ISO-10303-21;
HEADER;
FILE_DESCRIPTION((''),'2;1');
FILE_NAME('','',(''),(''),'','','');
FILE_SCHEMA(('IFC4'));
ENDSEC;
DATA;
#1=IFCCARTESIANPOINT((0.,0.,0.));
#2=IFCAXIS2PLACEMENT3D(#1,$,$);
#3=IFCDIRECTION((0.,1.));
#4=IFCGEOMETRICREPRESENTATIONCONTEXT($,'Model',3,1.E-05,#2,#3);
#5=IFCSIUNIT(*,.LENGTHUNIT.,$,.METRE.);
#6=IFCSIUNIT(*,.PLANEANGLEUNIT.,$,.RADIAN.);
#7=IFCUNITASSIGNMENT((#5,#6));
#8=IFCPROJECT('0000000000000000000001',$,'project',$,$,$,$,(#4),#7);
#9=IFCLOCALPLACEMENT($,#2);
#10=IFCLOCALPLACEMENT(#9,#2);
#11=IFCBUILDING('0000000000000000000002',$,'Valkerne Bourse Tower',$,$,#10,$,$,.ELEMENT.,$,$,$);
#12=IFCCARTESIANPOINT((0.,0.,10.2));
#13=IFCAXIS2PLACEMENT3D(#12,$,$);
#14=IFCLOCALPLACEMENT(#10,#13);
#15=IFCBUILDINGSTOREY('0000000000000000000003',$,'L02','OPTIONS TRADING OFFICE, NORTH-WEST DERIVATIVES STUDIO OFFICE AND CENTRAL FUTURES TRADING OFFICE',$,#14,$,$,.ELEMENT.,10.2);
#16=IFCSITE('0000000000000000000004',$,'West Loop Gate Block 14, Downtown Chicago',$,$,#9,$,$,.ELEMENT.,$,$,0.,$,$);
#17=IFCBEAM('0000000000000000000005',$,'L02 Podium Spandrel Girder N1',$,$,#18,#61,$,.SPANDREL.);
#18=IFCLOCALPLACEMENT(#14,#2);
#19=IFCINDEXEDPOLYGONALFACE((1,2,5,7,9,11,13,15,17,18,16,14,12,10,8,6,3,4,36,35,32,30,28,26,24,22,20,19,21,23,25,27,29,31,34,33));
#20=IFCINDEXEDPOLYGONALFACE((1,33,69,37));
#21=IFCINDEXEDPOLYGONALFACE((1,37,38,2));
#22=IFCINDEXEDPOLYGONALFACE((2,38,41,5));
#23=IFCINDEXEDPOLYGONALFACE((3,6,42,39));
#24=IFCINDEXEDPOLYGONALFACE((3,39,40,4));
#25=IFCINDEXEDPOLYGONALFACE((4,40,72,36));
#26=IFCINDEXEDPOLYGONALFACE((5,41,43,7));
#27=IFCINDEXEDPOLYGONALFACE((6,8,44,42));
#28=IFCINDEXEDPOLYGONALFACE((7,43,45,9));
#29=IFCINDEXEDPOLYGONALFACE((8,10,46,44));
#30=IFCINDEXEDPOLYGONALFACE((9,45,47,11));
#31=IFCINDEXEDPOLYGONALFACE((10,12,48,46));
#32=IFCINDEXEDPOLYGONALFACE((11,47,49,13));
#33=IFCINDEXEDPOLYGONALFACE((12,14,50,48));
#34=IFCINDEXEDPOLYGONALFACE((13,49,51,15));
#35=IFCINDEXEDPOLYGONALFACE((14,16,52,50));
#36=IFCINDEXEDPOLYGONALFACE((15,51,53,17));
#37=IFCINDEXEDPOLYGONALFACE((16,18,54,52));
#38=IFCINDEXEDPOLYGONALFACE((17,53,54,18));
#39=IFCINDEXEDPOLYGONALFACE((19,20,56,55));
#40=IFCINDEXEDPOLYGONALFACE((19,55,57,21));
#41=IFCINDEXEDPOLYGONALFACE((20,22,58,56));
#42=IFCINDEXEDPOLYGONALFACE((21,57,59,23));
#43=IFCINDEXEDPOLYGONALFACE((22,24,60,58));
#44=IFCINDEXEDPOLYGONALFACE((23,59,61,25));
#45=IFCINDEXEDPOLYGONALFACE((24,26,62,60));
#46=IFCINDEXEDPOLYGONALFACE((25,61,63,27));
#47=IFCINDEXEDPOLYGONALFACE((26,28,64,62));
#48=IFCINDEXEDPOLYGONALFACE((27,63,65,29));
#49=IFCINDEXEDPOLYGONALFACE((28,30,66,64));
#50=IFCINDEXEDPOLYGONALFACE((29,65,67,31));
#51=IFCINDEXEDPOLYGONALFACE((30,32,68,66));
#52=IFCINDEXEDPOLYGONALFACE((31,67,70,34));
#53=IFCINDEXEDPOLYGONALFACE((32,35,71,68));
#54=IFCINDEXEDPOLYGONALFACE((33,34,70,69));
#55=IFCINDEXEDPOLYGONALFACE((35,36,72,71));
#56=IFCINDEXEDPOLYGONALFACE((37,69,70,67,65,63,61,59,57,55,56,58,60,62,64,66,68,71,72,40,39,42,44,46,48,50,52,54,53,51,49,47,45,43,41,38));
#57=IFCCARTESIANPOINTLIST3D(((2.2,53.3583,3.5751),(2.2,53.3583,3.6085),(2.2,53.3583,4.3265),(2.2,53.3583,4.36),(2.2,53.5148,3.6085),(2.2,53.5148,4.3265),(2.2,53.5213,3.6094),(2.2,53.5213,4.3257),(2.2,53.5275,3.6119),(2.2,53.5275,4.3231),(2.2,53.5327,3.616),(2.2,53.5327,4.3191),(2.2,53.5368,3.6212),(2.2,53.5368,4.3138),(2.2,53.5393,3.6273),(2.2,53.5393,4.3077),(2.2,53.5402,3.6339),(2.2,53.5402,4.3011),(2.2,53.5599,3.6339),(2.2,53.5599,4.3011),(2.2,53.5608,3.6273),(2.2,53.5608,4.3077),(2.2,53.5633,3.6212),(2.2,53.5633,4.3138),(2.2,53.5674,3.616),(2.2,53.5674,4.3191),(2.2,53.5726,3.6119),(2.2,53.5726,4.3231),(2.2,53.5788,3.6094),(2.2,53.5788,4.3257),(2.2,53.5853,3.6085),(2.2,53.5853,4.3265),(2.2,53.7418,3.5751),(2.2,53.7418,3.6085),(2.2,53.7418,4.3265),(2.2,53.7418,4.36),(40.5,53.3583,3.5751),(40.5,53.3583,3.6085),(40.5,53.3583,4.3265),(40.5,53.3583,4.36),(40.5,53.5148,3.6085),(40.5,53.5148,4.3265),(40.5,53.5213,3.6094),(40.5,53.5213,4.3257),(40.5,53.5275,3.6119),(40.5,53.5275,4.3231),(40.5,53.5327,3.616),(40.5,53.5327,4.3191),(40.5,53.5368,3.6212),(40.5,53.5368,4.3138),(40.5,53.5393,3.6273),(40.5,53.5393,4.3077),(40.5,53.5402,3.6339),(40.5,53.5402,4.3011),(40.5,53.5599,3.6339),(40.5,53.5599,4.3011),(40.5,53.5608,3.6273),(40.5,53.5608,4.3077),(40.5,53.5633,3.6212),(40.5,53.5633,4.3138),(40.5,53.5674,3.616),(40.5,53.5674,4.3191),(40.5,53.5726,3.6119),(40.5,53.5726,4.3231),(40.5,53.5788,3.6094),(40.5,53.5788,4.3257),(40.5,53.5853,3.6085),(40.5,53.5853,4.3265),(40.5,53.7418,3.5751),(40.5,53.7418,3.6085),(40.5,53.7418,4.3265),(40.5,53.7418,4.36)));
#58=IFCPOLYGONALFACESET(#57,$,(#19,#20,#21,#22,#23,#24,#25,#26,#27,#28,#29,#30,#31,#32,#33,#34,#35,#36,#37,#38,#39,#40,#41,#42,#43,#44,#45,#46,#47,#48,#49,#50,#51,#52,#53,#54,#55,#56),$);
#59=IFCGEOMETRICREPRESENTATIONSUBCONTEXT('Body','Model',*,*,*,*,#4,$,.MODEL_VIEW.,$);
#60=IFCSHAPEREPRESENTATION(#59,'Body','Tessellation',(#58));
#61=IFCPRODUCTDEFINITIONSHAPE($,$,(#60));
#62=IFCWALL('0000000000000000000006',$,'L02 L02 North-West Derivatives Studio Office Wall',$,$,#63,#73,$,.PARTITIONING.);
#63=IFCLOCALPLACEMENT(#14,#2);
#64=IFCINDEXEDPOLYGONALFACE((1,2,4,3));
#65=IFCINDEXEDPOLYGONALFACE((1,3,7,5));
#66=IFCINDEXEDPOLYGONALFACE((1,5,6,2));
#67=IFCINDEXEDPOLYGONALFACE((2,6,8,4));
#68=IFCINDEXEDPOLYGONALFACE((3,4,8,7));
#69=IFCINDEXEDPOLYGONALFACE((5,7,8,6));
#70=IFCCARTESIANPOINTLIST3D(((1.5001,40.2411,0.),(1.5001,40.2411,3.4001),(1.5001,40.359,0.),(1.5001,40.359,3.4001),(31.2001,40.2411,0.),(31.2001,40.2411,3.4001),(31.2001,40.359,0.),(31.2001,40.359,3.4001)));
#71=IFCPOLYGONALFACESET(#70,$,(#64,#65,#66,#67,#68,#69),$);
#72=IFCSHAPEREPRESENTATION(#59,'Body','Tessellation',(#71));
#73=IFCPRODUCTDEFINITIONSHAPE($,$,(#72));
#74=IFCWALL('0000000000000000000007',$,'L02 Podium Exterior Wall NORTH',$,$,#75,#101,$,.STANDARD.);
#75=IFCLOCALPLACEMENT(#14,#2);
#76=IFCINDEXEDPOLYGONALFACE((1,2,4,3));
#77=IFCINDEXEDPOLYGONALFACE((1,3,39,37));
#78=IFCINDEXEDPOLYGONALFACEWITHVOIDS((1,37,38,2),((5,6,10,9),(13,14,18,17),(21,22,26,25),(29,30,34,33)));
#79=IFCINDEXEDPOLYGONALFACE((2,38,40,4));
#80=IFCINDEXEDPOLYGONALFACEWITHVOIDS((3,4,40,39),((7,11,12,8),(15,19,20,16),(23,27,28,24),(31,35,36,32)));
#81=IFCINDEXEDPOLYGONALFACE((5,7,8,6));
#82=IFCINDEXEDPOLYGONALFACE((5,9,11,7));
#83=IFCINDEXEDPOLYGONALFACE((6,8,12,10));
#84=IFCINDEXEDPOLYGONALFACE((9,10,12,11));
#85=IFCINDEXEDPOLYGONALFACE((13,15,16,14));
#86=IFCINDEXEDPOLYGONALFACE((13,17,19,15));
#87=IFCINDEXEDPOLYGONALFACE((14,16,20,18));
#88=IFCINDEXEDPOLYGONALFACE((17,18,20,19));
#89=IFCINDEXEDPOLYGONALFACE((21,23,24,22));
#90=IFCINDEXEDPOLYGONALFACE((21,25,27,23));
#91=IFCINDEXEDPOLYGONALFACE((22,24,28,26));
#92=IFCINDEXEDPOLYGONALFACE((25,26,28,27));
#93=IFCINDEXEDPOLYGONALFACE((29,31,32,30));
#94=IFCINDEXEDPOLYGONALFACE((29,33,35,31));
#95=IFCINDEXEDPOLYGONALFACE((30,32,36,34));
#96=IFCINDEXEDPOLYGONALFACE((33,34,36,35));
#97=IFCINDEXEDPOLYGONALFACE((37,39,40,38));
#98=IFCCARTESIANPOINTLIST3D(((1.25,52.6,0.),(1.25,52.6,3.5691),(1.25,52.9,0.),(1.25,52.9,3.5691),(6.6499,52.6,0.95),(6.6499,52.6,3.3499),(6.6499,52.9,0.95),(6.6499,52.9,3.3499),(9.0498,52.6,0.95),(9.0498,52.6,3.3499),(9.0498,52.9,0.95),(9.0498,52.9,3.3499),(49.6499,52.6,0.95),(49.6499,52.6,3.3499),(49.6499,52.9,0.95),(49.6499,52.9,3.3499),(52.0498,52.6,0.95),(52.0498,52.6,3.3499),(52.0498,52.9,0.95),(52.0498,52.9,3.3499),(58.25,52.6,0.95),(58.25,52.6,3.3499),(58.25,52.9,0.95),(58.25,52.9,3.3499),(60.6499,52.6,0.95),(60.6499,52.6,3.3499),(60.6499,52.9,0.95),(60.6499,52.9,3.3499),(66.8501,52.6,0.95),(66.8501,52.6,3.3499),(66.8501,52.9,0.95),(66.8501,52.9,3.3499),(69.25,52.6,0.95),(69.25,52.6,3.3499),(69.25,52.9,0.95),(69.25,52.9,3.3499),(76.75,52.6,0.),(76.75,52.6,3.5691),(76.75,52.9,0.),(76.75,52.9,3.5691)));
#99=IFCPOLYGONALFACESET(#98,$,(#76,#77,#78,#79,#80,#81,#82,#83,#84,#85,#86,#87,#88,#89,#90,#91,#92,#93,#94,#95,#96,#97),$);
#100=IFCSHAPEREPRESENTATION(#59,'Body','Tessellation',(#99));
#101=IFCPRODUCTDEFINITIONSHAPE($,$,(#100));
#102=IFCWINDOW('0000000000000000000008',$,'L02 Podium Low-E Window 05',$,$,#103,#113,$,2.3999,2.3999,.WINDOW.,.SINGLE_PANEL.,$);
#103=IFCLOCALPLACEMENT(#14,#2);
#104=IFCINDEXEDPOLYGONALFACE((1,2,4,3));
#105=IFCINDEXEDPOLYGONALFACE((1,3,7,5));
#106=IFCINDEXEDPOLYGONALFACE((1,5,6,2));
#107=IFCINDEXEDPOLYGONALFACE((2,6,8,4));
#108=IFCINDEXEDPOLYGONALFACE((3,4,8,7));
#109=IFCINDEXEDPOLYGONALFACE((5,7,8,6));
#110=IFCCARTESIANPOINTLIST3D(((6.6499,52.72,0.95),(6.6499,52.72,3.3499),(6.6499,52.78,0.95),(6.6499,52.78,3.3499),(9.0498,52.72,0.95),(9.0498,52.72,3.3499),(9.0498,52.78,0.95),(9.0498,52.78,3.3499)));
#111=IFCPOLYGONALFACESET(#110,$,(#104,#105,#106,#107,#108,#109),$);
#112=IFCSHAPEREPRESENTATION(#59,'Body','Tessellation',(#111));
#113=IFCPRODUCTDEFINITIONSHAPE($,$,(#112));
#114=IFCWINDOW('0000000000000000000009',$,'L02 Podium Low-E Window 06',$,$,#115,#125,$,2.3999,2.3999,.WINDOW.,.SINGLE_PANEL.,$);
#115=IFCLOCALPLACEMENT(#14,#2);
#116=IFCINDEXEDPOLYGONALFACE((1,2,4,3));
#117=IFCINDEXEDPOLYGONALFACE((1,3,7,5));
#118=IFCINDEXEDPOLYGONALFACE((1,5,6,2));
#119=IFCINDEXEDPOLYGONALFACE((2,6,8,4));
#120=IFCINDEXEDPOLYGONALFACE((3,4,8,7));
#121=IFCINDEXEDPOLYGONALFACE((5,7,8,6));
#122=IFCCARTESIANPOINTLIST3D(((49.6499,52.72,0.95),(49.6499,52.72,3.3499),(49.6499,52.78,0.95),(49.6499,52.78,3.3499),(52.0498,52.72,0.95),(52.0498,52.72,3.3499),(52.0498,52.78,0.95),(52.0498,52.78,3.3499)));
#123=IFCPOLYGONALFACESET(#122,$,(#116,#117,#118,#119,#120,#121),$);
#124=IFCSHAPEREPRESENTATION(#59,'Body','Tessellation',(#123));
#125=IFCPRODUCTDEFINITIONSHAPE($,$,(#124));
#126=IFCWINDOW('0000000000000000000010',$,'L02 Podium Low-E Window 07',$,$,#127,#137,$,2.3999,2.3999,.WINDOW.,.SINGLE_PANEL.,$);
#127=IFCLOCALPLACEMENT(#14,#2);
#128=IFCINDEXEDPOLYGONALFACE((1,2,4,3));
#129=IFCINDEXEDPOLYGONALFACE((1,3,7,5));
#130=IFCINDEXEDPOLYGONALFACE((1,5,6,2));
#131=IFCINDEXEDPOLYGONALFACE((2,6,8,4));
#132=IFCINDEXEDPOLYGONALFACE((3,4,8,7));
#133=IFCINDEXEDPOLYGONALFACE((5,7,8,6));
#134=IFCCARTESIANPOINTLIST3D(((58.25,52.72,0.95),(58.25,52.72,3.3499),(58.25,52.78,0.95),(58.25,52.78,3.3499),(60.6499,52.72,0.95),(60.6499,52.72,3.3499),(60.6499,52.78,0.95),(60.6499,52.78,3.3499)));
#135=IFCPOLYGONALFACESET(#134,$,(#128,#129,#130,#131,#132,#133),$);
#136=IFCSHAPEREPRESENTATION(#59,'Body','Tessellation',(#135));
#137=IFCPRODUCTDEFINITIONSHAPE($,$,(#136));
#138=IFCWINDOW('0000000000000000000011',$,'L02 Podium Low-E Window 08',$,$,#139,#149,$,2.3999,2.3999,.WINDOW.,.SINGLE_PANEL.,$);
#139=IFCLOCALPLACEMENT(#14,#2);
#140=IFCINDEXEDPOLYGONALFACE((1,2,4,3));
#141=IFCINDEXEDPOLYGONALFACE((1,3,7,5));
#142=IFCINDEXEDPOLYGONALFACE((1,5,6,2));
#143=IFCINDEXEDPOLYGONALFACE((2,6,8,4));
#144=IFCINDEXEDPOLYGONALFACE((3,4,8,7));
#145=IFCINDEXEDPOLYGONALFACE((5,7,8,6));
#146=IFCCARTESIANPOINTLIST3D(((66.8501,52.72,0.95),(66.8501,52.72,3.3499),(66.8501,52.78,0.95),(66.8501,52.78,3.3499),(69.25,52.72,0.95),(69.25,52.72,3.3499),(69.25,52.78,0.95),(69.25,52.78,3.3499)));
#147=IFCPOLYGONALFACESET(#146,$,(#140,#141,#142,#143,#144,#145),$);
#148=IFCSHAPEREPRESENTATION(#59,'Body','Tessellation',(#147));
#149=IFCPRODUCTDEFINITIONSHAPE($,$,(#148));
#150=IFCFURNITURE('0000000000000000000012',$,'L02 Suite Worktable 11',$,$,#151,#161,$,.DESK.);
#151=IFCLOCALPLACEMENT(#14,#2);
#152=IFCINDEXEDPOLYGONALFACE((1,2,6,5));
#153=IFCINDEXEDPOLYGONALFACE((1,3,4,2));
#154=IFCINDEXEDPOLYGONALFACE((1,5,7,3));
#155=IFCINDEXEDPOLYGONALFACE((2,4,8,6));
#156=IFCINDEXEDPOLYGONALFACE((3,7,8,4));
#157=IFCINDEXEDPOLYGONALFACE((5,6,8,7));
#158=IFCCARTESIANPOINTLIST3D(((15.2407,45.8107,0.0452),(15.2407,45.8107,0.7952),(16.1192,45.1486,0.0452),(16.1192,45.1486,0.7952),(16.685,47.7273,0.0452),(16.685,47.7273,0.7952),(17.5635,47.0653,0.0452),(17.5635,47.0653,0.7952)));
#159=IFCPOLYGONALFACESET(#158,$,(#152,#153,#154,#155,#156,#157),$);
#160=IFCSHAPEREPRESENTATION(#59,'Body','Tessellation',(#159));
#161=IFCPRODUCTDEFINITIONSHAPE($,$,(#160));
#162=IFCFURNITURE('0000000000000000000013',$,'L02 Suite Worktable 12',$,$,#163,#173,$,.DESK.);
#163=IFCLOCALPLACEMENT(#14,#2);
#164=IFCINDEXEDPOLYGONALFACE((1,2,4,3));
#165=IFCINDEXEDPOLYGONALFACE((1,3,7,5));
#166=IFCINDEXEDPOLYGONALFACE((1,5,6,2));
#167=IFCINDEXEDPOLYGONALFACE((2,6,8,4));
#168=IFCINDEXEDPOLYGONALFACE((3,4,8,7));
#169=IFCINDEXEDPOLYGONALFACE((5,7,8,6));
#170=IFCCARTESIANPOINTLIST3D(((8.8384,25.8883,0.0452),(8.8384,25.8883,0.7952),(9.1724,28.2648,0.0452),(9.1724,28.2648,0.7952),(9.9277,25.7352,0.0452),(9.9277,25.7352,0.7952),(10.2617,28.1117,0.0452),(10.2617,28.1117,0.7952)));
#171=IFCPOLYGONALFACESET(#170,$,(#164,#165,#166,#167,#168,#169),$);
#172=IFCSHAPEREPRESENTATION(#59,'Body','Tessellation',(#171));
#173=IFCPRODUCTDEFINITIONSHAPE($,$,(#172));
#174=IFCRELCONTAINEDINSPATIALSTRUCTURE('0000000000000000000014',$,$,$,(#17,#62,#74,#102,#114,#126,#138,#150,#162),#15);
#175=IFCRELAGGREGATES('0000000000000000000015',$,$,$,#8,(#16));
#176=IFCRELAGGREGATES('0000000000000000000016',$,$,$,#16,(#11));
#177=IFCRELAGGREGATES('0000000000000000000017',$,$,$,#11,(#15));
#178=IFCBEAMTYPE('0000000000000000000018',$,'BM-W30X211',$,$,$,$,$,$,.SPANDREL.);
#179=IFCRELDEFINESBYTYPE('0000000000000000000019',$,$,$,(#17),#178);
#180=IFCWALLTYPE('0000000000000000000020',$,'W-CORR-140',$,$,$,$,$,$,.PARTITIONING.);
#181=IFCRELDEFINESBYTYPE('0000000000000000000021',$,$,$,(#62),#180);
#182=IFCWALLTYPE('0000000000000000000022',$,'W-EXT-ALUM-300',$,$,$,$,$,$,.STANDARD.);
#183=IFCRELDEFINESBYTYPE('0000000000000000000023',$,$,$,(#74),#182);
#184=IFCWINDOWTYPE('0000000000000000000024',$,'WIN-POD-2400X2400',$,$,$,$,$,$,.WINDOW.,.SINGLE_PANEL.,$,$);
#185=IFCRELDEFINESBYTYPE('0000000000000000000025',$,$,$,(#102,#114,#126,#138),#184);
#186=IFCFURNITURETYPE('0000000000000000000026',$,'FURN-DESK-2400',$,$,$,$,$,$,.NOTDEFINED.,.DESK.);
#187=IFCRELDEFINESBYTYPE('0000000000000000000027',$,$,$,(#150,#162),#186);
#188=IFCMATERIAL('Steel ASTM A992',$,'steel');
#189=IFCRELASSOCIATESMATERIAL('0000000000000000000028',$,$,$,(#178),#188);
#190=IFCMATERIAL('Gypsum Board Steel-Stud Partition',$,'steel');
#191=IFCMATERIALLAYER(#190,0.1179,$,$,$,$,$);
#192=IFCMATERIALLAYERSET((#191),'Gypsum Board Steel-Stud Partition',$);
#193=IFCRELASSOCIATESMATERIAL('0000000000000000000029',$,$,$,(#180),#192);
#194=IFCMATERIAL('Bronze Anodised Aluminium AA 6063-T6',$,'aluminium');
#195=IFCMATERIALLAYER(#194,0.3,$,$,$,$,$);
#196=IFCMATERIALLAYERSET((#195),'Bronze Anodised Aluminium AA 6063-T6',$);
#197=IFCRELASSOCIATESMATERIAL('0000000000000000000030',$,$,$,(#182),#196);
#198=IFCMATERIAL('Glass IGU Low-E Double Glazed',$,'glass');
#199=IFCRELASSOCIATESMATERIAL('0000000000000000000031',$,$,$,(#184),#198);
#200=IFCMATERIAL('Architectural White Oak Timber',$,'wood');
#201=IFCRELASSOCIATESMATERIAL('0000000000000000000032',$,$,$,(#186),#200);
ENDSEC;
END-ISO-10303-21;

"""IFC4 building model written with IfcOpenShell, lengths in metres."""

from ifc_helpers import new_model, si_unit, direction, frame, frame_2d, origin, origin_2d, place, context, subcontext, project, spatial, rectangle, i_section, extrude, material, layer, layer_set, material_profile, profile_set, type_object, element, fill, save


model = new_model("IFC4")

# Units and contexts
model_context = context("Model", 3, precision=1e-05, world=origin(), true_north=direction((0.0, 1.0)))
body_context = subcontext(model_context, "Body", "Model", "MODEL_VIEW")
ifc_project = project(units=[si_unit("LENGTHUNIT", "METRE"), si_unit("PLANEANGLEUNIT", "RADIAN")], contexts=[model_context])

# Site, building, storey
site_placement = place(None, origin())
site = spatial("IfcSite", under=ifc_project, at=site_placement, Name="West Loop Gate Block 14, Downtown Chicago", CompositionType="ELEMENT", RefElevation=0.0)
building_placement = place(site_placement, origin())
building = spatial("IfcBuilding", under=site, at=building_placement, Name="Valkerne Bourse Tower", CompositionType="ELEMENT")
storey_placement = place(building_placement, frame((0.0, 0.0, 10.2)))
storey = spatial("IfcBuildingStorey", under=building, at=storey_placement, Name="L02", Description="OPTIONS TRADING OFFICE, NORTH-WEST DERIVATIVES STUDIO OFFICE AND CENTRAL FUTURES TRADING OFFICE", CompositionType="ELEMENT", Elevation=10.2)

# Beam
ifc_material_1 = material(Name="Steel ASTM A992", Category="steel")
ifc_material_profile_1 = material_profile(ifc_material_1, i_section(OverallWidth=0.3835, OverallDepth=0.7849, WebThickness=0.0198, FlangeThickness=0.0334, FilletRadius=0.0254, at=origin_2d()), Name="W30X211")
ifc_profile_set_1 = profile_set([ifc_material_profile_1], Name="Steel ASTM A992")
beam_type = type_object("IfcBeamType", Name="BM-W30X211", PredefinedType="SPANDREL", material=ifc_profile_set_1)
beam_placement = place(storey_placement, frame((2.2, 53.55, 3.9675), z_axis=(1.0, 0.0, 0.0), x_axis=(0.0, 1.0, 0.0)))
element("IfcBeam", 1, at=beam_placement, inside=storey, type_object=beam_type, Name="L02 Podium Spandrel Girder N1", PredefinedType="SPANDREL", context=body_context, shape_type="SweptSolid", body=[
    extrude(i_section(OverallWidth=0.3835, OverallDepth=0.7849, WebThickness=0.0198, FlangeThickness=0.0334, FilletRadius=0.0254, at=origin_2d()), origin(), (0.0, 0.0, 1.0), 38.3),
])

# Wall
ifc_material_2 = material(Name="Gypsum Board Steel-Stud Partition", Category="steel")
ifc_layer_1 = layer(ifc_material_2, 0.1179)
ifc_layer_set_1 = layer_set([ifc_layer_1], Name="Gypsum Board Steel-Stud Partition")
wall_type_1 = type_object("IfcWallType", Name="W-CORR-140", PredefinedType="PARTITIONING", material=ifc_layer_set_1)
wall_1_placement = place(storey_placement, frame((1.5, 40.3, 0.0), z_axis=(0.0, 0.0, 1.0), x_axis=(1.0, 0.0, 0.0)))
element("IfcWall", 2, at=wall_1_placement, inside=storey, type_object=wall_type_1, Name="L02 L02 North-West Derivatives Studio Office Wall", PredefinedType="PARTITIONING", context=body_context, shape_type="SweptSolid", body=[
    extrude(rectangle(XDim=29.7, YDim=0.1179, at=frame_2d((14.8501, 0.0))), origin(), (0.0, 0.0, 1.0), 3.4001),
])

# Wall, openings, windows
ifc_material_3 = material(Name="Bronze Anodised Aluminium AA 6063-T6", Category="aluminium")
ifc_layer_2 = layer(ifc_material_3, 0.3)
ifc_layer_set_2 = layer_set([ifc_layer_2], Name="Bronze Anodised Aluminium AA 6063-T6")
wall_type_2 = type_object("IfcWallType", Name="W-EXT-ALUM-300", PredefinedType="STANDARD", material=ifc_layer_set_2)
wall_2_placement = place(storey_placement, frame((1.25, 52.75, 0.0), z_axis=(0.0, 0.0, 1.0), x_axis=(1.0, 0.0, 0.0)))
wall_2 = element("IfcWall", 3, at=wall_2_placement, inside=storey, type_object=wall_type_2, Name="L02 Podium Exterior Wall NORTH", PredefinedType="STANDARD", context=body_context, shape_type="SweptSolid", body=[
    extrude(rectangle(XDim=75.5, YDim=0.3, at=frame_2d((37.75, 0.0))), origin(), (0.0, 0.0, 1.0), 3.5691),
])
opening_1_placement = place(wall_2_placement, frame((5.3999, 0.0, 0.95)))
opening_1 = element("IfcOpeningElement", 4, at=opening_1_placement, cuts=wall_2, PredefinedType="OPENING", context=body_context, shape_type="SweptSolid", body=[
    extrude(rectangle(XDim=2.3999, YDim=2.3999, at=frame_2d((1.2, 1.2))), frame((0.0, 0.1599, 0.0), z_axis=(0.0, -1.0, 0.0), x_axis=(1.0, 0.0, 0.0)), (0.0, 0.0, 1.0), 0.3201),
])
opening_2_placement = place(wall_2_placement, frame((48.3999, 0.0, 0.95)))
opening_2 = element("IfcOpeningElement", 5, at=opening_2_placement, cuts=wall_2, PredefinedType="OPENING", context=body_context, shape_type="SweptSolid", body=[
    extrude(rectangle(XDim=2.3999, YDim=2.3999, at=frame_2d((1.2, 1.2))), frame((0.0, 0.1599, 0.0), z_axis=(0.0, -1.0, 0.0), x_axis=(1.0, 0.0, 0.0)), (0.0, 0.0, 1.0), 0.3201),
])
opening_3_placement = place(wall_2_placement, frame((57.0, 0.0, 0.95)))
opening_3 = element("IfcOpeningElement", 6, at=opening_3_placement, cuts=wall_2, PredefinedType="OPENING", context=body_context, shape_type="SweptSolid", body=[
    extrude(rectangle(XDim=2.3999, YDim=2.3999, at=frame_2d((1.2, 1.2))), frame((0.0, 0.1599, 0.0), z_axis=(0.0, -1.0, 0.0), x_axis=(1.0, 0.0, 0.0)), (0.0, 0.0, 1.0), 0.3201),
])
opening_4_placement = place(wall_2_placement, frame((65.6001, 0.0, 0.95)))
opening_4 = element("IfcOpeningElement", 7, at=opening_4_placement, cuts=wall_2, PredefinedType="OPENING", context=body_context, shape_type="SweptSolid", body=[
    extrude(rectangle(XDim=2.3999, YDim=2.3999, at=frame_2d((1.2, 1.2))), frame((0.0, 0.1599, 0.0), z_axis=(0.0, -1.0, 0.0), x_axis=(1.0, 0.0, 0.0)), (0.0, 0.0, 1.0), 0.3201),
])
ifc_material_4 = material(Name="Glass IGU Low-E Double Glazed", Category="glass")
window_type = type_object("IfcWindowType", Name="WIN-POD-2400X2400", PartitioningType="SINGLE_PANEL", PredefinedType="WINDOW", material=ifc_material_4)
window_1_placement = place(opening_1_placement, origin())
window_1 = element("IfcWindow", 8, at=window_1_placement, inside=storey, type_object=window_type, Name="L02 Podium Low-E Window 05", OverallHeight=2.3999, OverallWidth=2.3999, PartitioningType="SINGLE_PANEL", PredefinedType="WINDOW", context=body_context, shape_type="SweptSolid", body=[
    extrude(rectangle(XDim=2.3999, YDim=2.3999, at=frame_2d((1.2, 1.2))), frame((0.0, 0.03, 0.0), z_axis=(0.0, -1.0, 0.0), x_axis=(1.0, 0.0, 0.0)), (0.0, 0.0, 1.0), 0.0601),
])
fill(opening_1, window_1)
window_2_placement = place(opening_2_placement, origin())
window_2 = element("IfcWindow", 9, at=window_2_placement, inside=storey, type_object=window_type, Name="L02 Podium Low-E Window 06", OverallHeight=2.3999, OverallWidth=2.3999, PartitioningType="SINGLE_PANEL", PredefinedType="WINDOW", context=body_context, shape_type="SweptSolid", body=[
    extrude(rectangle(XDim=2.3999, YDim=2.3999, at=frame_2d((1.2, 1.2))), frame((0.0, 0.03, 0.0), z_axis=(0.0, -1.0, 0.0), x_axis=(1.0, 0.0, 0.0)), (0.0, 0.0, 1.0), 0.0601),
])
fill(opening_2, window_2)
window_3_placement = place(opening_3_placement, origin())
window_3 = element("IfcWindow", 10, at=window_3_placement, inside=storey, type_object=window_type, Name="L02 Podium Low-E Window 07", OverallHeight=2.3999, OverallWidth=2.3999, PartitioningType="SINGLE_PANEL", PredefinedType="WINDOW", context=body_context, shape_type="SweptSolid", body=[
    extrude(rectangle(XDim=2.3999, YDim=2.3999, at=frame_2d((1.2, 1.2))), frame((0.0, 0.03, 0.0), z_axis=(0.0, -1.0, 0.0), x_axis=(1.0, 0.0, 0.0)), (0.0, 0.0, 1.0), 0.0601),
])
fill(opening_3, window_3)
window_4_placement = place(opening_4_placement, origin())
window_4 = element("IfcWindow", 11, at=window_4_placement, inside=storey, type_object=window_type, Name="L02 Podium Low-E Window 08", OverallHeight=2.3999, OverallWidth=2.3999, PartitioningType="SINGLE_PANEL", PredefinedType="WINDOW", context=body_context, shape_type="SweptSolid", body=[
    extrude(rectangle(XDim=2.3999, YDim=2.3999, at=frame_2d((1.2, 1.2))), frame((0.0, 0.03, 0.0), z_axis=(0.0, -1.0, 0.0), x_axis=(1.0, 0.0, 0.0)), (0.0, 0.0, 1.0), 0.0601),
])
fill(opening_4, window_4)

# Furniture
ifc_material_5 = material(Name="Architectural White Oak Timber", Category="wood")
furniture_type = type_object("IfcFurnitureType", Name="FURN-DESK-2400", AssemblyPlace="NOTDEFINED", PredefinedType="DESK", material=ifc_material_5)
for number, where, z_axis, x_axis, name in (
    (12, (16.4021, 46.438, 0.0452), (0.0, 0.0, 1.0), (0.601815, 0.798636, 0.0), "L02 Suite Worktable 11"),
    (13, (9.55, 27.0, 0.0452), (0.0, 0.0, 1.0), (0.139173, 0.990268, 0.0), "L02 Suite Worktable 12"),
):
    element("IfcFurniture", number, at=place(storey_placement, frame(where, z_axis=z_axis, x_axis=x_axis)), inside=storey, type_object=furniture_type, Name=name, PredefinedType="DESK", context=body_context, shape_type="SweptSolid", body=[
        extrude(rectangle(XDim=2.3999, YDim=1.1001, at=origin_2d()), origin(), (0.0, 0.0, 1.0), 0.75),
    ])

save(model, "model.ifc")
